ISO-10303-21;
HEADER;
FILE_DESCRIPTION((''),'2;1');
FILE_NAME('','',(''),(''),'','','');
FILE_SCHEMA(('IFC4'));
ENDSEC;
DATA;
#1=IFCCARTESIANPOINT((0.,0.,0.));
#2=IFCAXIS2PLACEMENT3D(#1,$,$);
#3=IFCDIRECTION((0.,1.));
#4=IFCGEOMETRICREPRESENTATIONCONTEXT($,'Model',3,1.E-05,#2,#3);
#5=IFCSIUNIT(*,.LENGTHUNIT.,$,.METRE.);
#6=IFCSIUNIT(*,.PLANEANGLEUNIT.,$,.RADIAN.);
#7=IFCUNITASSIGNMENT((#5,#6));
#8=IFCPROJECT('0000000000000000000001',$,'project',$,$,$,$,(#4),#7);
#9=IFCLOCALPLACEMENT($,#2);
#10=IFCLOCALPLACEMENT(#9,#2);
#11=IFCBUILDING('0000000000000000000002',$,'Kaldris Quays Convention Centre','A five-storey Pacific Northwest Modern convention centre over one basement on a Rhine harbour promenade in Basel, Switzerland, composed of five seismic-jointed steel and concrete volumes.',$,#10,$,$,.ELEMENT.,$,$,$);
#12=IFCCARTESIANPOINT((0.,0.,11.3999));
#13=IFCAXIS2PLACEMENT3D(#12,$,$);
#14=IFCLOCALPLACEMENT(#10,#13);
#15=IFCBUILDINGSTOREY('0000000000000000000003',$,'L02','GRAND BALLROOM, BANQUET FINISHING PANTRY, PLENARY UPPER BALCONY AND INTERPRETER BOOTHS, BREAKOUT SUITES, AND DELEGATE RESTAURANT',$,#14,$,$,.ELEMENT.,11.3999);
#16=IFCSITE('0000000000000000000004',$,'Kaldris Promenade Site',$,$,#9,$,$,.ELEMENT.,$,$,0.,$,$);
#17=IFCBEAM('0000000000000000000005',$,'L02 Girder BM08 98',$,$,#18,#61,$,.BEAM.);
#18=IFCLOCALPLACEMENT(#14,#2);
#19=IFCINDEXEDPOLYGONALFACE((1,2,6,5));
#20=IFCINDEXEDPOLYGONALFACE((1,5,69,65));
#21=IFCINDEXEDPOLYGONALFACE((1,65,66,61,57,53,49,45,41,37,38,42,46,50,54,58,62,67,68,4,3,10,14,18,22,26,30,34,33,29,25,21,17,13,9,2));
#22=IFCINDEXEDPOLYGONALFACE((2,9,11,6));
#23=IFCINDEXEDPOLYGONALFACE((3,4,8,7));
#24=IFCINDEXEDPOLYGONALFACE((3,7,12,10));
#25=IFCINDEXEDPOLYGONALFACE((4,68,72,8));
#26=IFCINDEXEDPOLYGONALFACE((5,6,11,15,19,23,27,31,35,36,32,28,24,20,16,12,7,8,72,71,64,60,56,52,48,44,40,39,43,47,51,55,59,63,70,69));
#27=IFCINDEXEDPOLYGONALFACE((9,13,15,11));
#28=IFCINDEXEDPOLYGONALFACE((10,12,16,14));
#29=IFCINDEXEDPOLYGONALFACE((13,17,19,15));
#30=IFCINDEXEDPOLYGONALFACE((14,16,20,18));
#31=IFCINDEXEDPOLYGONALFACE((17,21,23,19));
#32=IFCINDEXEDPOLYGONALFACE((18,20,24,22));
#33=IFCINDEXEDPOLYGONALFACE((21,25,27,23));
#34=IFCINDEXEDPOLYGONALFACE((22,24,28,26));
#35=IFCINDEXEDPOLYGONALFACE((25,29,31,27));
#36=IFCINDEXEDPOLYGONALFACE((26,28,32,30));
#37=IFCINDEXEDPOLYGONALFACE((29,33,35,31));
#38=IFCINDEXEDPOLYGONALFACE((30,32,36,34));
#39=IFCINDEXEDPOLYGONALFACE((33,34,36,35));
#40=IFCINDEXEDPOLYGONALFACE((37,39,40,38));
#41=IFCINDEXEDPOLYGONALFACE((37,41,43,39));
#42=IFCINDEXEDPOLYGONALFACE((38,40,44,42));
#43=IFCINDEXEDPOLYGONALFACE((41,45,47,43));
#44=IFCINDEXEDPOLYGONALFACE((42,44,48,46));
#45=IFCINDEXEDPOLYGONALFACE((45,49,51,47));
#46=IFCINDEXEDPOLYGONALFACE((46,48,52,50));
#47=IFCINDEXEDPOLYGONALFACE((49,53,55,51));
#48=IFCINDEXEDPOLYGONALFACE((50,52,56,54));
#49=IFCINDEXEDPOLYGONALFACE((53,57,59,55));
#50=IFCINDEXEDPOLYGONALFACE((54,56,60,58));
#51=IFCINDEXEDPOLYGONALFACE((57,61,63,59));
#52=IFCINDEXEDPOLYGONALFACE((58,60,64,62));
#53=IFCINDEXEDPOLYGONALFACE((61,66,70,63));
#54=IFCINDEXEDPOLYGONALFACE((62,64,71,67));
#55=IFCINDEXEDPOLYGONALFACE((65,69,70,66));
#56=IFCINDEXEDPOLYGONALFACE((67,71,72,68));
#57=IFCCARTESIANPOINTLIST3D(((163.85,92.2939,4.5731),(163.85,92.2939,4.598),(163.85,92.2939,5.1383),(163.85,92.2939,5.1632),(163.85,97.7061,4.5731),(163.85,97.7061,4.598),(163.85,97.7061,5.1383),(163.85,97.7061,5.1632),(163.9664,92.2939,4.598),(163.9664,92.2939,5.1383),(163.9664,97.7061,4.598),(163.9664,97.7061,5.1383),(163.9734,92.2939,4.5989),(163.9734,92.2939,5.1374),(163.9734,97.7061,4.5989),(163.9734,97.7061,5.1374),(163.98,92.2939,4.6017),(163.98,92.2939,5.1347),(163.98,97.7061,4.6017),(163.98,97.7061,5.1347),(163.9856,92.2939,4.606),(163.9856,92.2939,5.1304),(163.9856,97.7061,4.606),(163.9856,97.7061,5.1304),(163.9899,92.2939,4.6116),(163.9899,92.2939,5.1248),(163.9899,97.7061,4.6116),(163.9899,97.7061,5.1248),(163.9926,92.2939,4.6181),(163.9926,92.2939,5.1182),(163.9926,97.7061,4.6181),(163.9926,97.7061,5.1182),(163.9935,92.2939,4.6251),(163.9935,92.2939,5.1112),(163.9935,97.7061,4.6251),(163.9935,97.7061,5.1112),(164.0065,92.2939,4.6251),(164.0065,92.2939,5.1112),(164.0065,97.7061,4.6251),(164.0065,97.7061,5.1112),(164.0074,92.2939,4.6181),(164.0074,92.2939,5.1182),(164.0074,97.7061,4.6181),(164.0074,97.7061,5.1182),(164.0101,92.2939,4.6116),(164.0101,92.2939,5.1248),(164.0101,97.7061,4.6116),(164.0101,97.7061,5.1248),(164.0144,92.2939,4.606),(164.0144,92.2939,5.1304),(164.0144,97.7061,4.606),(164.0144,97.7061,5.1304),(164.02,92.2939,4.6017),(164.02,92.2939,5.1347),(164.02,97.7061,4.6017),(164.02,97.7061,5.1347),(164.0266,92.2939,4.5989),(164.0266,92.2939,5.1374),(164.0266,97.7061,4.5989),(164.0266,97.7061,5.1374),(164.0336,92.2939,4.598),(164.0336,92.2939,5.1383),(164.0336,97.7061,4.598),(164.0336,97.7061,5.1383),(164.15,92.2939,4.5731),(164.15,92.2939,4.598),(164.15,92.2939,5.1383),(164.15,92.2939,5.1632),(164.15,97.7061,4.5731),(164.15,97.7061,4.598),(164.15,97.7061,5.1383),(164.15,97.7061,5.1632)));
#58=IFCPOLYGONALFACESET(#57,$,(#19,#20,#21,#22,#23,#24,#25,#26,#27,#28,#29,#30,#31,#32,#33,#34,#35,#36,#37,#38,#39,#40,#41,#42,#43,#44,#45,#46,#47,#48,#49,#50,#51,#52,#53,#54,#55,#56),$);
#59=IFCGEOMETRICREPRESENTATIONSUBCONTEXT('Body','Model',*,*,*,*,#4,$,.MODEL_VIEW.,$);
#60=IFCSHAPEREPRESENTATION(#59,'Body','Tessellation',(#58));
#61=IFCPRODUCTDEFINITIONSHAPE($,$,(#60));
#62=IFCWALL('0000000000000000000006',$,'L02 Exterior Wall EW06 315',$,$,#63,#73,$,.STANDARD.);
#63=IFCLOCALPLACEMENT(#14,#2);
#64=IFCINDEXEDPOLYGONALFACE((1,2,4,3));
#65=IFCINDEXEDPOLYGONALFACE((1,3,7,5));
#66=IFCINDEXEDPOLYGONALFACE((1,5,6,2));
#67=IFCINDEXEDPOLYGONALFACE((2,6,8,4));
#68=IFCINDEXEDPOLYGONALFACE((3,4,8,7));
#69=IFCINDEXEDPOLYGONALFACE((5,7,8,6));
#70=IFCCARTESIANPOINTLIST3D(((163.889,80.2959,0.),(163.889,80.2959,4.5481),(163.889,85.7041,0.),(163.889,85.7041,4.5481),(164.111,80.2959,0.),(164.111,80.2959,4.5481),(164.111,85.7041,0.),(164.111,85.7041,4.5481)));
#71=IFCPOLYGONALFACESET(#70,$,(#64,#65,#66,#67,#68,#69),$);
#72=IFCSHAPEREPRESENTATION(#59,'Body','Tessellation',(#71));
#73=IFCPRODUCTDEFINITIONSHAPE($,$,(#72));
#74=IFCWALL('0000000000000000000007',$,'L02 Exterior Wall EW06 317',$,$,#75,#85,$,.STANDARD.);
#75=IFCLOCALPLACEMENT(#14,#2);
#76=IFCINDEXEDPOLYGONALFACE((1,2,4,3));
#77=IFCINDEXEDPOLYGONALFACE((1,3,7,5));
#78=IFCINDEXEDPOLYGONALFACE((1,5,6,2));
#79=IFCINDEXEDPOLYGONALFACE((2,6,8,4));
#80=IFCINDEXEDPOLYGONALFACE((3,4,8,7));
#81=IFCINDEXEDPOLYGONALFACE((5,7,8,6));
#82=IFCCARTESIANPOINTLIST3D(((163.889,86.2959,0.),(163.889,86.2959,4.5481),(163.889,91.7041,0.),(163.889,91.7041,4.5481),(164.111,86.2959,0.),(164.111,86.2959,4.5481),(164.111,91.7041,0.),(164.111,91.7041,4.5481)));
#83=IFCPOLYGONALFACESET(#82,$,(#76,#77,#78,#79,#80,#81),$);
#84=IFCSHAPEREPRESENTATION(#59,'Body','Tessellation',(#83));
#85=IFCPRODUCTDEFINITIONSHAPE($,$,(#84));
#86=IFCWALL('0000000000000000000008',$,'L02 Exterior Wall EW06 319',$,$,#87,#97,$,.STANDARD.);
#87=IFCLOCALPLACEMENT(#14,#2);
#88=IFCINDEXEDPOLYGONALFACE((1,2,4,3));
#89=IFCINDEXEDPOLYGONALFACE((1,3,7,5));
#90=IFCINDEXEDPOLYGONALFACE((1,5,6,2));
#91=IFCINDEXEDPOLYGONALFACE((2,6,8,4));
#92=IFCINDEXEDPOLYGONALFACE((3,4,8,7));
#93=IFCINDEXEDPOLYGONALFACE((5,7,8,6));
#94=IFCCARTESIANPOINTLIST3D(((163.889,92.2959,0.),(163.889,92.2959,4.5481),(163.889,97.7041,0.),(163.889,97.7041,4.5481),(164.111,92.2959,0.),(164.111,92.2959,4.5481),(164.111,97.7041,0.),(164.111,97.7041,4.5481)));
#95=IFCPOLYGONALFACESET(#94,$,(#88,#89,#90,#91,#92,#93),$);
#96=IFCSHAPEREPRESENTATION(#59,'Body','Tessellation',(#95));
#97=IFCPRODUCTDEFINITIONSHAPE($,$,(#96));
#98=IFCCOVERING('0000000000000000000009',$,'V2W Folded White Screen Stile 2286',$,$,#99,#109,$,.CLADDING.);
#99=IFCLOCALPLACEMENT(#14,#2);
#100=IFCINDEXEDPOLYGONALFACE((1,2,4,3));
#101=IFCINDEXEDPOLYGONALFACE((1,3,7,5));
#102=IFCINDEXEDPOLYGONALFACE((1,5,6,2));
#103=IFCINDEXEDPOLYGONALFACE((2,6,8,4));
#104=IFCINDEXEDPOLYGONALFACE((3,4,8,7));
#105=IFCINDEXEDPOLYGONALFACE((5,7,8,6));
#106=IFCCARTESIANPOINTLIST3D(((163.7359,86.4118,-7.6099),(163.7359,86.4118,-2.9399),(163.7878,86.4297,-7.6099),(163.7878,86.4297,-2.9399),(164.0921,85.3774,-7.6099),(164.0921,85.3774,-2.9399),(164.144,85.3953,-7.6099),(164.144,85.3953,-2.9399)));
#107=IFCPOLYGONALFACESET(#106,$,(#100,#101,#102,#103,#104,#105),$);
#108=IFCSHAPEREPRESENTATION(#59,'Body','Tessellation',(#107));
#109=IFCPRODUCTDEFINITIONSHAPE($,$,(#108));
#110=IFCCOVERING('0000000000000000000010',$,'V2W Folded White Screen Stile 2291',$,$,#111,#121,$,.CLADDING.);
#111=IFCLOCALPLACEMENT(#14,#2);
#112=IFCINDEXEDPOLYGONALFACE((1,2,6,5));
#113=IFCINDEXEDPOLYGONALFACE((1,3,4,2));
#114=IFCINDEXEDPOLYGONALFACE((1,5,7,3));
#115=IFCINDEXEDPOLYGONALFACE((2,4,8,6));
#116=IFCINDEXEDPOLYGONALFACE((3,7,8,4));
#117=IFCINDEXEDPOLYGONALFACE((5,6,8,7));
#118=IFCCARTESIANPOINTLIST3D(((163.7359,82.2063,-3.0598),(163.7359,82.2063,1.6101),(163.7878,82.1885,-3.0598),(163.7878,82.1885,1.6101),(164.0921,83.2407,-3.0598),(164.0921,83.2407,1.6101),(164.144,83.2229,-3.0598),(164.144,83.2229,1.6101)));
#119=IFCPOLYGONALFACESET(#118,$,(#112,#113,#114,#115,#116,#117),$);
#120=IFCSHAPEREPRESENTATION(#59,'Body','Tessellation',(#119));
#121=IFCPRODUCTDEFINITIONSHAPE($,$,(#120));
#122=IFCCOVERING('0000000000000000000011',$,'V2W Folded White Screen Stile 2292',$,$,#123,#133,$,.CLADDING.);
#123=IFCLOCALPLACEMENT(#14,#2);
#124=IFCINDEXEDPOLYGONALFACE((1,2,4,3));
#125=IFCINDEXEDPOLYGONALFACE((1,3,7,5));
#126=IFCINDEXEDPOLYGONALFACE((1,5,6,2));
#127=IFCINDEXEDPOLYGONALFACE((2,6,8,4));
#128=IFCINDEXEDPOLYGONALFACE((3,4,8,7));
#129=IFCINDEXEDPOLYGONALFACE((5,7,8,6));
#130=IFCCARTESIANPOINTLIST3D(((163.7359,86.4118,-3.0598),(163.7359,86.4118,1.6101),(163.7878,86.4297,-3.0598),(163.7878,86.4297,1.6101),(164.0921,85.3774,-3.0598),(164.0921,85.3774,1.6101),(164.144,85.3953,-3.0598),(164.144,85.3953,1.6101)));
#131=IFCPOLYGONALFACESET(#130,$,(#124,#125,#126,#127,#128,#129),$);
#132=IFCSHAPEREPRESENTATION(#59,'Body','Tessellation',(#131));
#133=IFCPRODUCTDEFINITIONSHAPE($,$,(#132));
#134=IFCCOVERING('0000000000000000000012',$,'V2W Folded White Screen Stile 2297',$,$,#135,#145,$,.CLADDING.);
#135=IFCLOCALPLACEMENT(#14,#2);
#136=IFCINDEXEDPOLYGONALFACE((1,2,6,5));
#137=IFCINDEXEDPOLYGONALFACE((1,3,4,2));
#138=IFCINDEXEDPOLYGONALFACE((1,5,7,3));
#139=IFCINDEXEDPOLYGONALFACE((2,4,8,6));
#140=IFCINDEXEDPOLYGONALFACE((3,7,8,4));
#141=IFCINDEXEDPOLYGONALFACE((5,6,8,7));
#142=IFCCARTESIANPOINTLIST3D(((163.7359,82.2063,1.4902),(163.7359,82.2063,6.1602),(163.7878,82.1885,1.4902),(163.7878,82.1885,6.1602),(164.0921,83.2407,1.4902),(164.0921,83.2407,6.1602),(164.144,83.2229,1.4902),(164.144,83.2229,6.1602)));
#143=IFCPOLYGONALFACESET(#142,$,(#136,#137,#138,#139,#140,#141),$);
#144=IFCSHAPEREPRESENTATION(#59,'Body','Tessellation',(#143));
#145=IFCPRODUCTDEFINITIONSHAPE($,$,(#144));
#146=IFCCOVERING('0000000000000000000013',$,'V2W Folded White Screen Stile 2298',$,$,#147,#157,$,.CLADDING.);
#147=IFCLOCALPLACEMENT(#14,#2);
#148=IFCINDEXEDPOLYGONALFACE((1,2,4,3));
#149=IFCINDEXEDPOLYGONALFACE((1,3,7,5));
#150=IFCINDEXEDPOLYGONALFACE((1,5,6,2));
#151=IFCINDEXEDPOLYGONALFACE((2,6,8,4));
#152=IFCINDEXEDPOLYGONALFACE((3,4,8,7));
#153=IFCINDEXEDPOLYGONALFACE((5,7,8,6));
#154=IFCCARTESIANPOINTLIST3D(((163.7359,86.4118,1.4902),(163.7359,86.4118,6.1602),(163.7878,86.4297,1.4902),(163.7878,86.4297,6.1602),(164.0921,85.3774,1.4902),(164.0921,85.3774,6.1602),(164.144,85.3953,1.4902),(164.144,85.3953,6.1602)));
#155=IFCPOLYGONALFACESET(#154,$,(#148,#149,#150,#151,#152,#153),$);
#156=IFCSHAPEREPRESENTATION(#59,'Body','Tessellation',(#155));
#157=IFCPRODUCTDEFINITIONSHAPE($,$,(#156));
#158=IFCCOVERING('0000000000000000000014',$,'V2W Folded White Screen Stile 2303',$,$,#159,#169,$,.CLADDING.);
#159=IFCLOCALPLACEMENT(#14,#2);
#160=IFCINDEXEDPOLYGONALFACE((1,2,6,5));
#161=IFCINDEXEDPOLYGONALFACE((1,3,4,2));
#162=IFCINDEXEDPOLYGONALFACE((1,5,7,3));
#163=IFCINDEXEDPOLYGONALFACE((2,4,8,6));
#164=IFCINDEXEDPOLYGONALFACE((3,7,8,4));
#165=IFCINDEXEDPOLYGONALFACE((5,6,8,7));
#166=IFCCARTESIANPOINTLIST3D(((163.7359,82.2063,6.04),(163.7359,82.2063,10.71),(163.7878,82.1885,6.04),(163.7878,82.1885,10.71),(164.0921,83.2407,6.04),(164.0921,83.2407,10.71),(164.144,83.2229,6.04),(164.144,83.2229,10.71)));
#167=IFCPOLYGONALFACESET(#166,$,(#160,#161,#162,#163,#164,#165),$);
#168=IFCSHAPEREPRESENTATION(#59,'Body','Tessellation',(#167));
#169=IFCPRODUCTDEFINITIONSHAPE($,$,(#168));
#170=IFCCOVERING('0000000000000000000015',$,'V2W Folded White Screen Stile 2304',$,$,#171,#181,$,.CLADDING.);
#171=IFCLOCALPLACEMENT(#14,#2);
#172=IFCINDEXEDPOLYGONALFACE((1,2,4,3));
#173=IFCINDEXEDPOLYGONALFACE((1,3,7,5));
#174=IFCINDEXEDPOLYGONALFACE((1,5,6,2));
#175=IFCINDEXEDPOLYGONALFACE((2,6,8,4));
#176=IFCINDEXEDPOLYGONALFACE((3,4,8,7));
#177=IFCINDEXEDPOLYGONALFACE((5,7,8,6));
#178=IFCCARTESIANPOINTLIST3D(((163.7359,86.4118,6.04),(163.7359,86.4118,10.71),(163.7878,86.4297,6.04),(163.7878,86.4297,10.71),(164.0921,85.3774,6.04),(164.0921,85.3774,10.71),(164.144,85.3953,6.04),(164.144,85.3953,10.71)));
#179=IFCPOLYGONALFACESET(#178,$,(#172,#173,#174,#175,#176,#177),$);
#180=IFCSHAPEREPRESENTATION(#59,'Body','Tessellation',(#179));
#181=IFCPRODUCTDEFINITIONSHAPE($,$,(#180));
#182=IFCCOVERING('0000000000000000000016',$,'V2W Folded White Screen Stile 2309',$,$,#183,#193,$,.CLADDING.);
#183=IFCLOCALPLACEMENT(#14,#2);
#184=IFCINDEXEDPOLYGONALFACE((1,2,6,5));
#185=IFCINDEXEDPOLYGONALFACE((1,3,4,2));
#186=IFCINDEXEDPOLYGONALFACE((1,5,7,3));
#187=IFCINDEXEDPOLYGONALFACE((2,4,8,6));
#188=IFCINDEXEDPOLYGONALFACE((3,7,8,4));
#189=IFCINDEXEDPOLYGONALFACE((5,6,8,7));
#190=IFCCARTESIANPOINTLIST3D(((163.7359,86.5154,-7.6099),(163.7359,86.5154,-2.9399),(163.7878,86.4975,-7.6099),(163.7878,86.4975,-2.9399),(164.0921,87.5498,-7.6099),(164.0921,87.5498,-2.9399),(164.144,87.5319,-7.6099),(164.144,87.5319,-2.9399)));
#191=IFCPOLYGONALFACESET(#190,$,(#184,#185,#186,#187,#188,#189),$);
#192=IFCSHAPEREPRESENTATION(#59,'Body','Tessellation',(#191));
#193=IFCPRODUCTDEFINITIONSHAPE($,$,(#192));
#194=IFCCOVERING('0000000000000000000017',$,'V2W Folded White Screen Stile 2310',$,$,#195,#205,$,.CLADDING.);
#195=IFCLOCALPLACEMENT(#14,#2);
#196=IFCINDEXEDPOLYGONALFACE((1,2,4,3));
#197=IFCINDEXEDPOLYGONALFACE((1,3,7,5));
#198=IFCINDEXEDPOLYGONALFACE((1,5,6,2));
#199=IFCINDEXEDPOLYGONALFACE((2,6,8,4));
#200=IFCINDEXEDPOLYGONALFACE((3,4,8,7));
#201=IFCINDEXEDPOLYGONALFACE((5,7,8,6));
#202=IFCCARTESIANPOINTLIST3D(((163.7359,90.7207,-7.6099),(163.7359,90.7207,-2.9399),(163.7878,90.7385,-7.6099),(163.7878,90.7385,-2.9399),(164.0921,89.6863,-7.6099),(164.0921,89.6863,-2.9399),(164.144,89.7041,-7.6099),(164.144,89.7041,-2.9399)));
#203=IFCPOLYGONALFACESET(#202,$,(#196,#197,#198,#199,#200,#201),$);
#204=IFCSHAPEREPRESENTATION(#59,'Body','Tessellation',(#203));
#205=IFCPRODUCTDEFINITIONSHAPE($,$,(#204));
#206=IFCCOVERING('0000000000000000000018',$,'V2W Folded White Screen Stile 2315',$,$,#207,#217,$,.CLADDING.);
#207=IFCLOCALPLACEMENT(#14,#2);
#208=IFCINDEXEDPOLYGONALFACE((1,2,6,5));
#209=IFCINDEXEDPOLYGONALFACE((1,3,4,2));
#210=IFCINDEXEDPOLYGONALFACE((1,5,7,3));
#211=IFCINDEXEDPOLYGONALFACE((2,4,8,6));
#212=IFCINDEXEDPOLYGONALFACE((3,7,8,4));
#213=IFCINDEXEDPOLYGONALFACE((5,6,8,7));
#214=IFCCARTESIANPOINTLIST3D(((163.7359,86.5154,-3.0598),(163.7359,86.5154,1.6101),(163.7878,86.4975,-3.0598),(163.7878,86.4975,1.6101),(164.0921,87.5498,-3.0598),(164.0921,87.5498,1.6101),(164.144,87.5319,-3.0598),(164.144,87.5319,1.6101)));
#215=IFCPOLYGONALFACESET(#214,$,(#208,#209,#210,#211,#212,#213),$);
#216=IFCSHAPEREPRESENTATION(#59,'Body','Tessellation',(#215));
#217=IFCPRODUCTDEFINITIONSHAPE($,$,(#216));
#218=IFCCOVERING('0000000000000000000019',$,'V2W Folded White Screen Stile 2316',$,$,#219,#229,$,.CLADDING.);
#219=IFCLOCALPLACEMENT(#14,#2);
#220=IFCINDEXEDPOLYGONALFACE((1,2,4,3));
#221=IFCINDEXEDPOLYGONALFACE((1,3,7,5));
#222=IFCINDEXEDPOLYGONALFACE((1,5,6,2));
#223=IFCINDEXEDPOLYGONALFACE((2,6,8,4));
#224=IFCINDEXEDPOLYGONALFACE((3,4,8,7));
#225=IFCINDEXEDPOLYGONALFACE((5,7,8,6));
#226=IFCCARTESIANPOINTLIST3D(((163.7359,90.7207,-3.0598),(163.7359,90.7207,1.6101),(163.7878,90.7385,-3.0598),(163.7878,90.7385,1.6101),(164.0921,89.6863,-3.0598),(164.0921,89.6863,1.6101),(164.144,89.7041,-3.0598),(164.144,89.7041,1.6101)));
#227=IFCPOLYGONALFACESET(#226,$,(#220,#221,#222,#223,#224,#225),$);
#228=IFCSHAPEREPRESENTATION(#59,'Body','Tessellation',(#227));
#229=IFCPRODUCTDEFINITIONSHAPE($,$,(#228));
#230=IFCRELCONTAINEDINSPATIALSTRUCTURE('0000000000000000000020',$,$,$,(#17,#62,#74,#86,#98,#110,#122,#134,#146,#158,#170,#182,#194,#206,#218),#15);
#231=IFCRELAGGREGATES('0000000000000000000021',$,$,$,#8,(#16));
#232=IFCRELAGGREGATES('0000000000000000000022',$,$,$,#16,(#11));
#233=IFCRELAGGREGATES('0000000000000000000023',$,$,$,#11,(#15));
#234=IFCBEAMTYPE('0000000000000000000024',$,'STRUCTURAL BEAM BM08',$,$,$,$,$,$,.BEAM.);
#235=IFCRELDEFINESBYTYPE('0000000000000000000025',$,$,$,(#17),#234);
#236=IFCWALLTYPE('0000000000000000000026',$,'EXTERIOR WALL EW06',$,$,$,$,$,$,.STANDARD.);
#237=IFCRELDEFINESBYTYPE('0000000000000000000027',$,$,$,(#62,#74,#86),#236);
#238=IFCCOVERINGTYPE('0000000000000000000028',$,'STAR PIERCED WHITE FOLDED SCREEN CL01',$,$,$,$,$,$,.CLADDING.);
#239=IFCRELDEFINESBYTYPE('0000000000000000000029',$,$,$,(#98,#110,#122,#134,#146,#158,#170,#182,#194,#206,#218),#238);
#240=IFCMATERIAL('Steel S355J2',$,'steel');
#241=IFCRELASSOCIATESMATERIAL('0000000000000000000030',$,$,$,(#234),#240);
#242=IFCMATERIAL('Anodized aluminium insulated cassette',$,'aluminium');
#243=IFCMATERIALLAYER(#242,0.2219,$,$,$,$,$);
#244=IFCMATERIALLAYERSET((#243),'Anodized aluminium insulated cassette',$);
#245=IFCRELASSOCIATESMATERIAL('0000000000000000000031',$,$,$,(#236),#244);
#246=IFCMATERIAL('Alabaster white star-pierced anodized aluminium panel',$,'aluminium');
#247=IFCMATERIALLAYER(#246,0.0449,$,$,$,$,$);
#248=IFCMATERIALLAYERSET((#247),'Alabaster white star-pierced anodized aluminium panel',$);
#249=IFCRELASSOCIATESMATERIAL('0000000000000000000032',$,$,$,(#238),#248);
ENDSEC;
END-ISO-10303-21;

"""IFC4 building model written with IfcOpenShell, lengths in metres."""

from ifc_helpers import new_model, si_unit, direction, frame, frame_2d, origin, origin_2d, place, context, subcontext, project, spatial, rectangle, i_section, extrude, material, layer, layer_set, material_profile, profile_set, type_object, element, save


model = new_model("IFC4")

# Units and contexts
model_context = context("Model", 3, precision=1e-05, world=origin(), true_north=direction((0.0, 1.0)))
body_context = subcontext(model_context, "Body", "Model", "MODEL_VIEW")
ifc_project = project(units=[si_unit("LENGTHUNIT", "METRE"), si_unit("PLANEANGLEUNIT", "RADIAN")], contexts=[model_context])

# Site, building, storey
site_placement = place(None, origin())
site = spatial("IfcSite", under=ifc_project, at=site_placement, Name="Kaldris Promenade Site", CompositionType="ELEMENT", RefElevation=0.0)
building_placement = place(site_placement, origin())
building = spatial("IfcBuilding", under=site, at=building_placement, Name="Kaldris Quays Convention Centre", Description="A five-storey Pacific Northwest Modern convention centre over one basement on a Rhine harbour promenade in Basel, Switzerland, composed of five seismic-jointed steel and concrete volumes.", CompositionType="ELEMENT")
storey_placement = place(building_placement, frame((0.0, 0.0, 11.3999)))
storey = spatial("IfcBuildingStorey", under=building, at=storey_placement, Name="L02", Description="GRAND BALLROOM, BANQUET FINISHING PANTRY, PLENARY UPPER BALCONY AND INTERPRETER BOOTHS, BREAKOUT SUITES, AND DELEGATE RESTAURANT", CompositionType="ELEMENT", Elevation=11.3999)

# Shared definitions
ifc_material_1 = material(Name="Steel S355J2", Category="steel")

# Beam
ifc_material_profile_1 = material_profile(ifc_material_1, i_section(OverallWidth=0.3, OverallDepth=0.5901, WebThickness=0.0129, FlangeThickness=0.0249, FilletRadius=0.0271, at=origin_2d()), Name="HEA 600")
ifc_profile_set_1 = profile_set([ifc_material_profile_1], Name="Steel S355J2")
beam_type = type_object("IfcBeamType", Name="STRUCTURAL BEAM BM08", PredefinedType="BEAM", material=ifc_profile_set_1)
for number, where, z_axis, x_axis, name in (
    (1, (164.0, 92.2939, 4.8682), (0.0, 1.0, 0.0), (-1.0, 0.0, 0.0), "L02 Girder BM08 98"),
):
    element("IfcBeam", number, at=place(storey_placement, frame(where, z_axis=z_axis, x_axis=x_axis)), inside=storey, type_object=beam_type, Name=name, PredefinedType="BEAM", context=body_context, shape_type="SweptSolid", body=[
        extrude(i_section(OverallWidth=0.3, OverallDepth=0.5901, WebThickness=0.0129, FlangeThickness=0.0249, FilletRadius=0.0271, at=origin_2d()), origin(), (0.0, 0.0, 1.0), 5.4121),
    ])

# Walls
ifc_material_2 = material(Name="Anodized aluminium insulated cassette", Category="aluminium")
ifc_layer_1 = layer(ifc_material_2, 0.2219)
ifc_layer_set_1 = layer_set([ifc_layer_1], Name="Anodized aluminium insulated cassette")
wall_type = type_object("IfcWallType", Name="EXTERIOR WALL EW06", PredefinedType="STANDARD", material=ifc_layer_set_1)
for number, where, z_axis, x_axis, name in (
    (2, (164.0, 80.2959, 0.0), (0.0, 0.0, 1.0), (0.0, 1.0, 0.0), "L02 Exterior Wall EW06 315"),
    (3, (164.0, 86.2959, 0.0), (0.0, 0.0, 1.0), (0.0, 1.0, 0.0), "L02 Exterior Wall EW06 317"),
    (4, (164.0, 92.2959, 0.0), (0.0, 0.0, 1.0), (0.0, 1.0, 0.0), "L02 Exterior Wall EW06 319"),
):
    element("IfcWall", number, at=place(storey_placement, frame(where, z_axis=z_axis, x_axis=x_axis)), inside=storey, type_object=wall_type, Name=name, PredefinedType="STANDARD", context=body_context, shape_type="SweptSolid", body=[
        extrude(rectangle(XDim=5.4082, YDim=0.2219, at=frame_2d((2.7041, 0.0))), origin(), (0.0, 0.0, 1.0), 4.5481),
    ])

# Coverings
ifc_material_3 = material(Name="Alabaster white star-pierced anodized aluminium panel", Category="aluminium")
ifc_layer_2 = layer(ifc_material_3, 0.0449)
ifc_layer_set_2 = layer_set([ifc_layer_2], Name="Alabaster white star-pierced anodized aluminium panel")
covering_type = type_object("IfcCoveringType", Name="STAR PIERCED WHITE FOLDED SCREEN CL01", PredefinedType="CLADDING", material=ifc_layer_set_2)
for number, where, z_axis, x_axis, name in (
    (5, (163.9399, 85.9036, -7.6099), (0.0, 0.0, 1.0), (-0.325568, 0.945519, 0.0), "V2W Folded White Screen Stile 2286"),
    (6, (163.9399, 82.7146, -3.0598), (0.0, 0.0, 1.0), (0.325568, 0.945519, 0.0), "V2W Folded White Screen Stile 2291"),
    (7, (163.9399, 85.9036, -3.0598), (0.0, 0.0, 1.0), (-0.325568, 0.945519, 0.0), "V2W Folded White Screen Stile 2292"),
    (8, (163.9399, 82.7146, 1.4902), (0.0, 0.0, 1.0), (0.325568, 0.945519, 0.0), "V2W Folded White Screen Stile 2297"),
    (9, (163.9399, 85.9036, 1.4902), (0.0, 0.0, 1.0), (-0.325568, 0.945519, 0.0), "V2W Folded White Screen Stile 2298"),
    (10, (163.9399, 82.7146, 6.04), (0.0, 0.0, 1.0), (0.325568, 0.945519, 0.0), "V2W Folded White Screen Stile 2303"),
    (11, (163.9399, 85.9036, 6.04), (0.0, 0.0, 1.0), (-0.325568, 0.945519, 0.0), "V2W Folded White Screen Stile 2304"),
    (12, (163.9399, 87.0237, -7.6099), (0.0, 0.0, 1.0), (0.325568, 0.945519, 0.0), "V2W Folded White Screen Stile 2309"),
    (13, (163.9399, 90.2124, -7.6099), (0.0, 0.0, 1.0), (-0.325568, 0.945519, 0.0), "V2W Folded White Screen Stile 2310"),
    (14, (163.9399, 87.0237, -3.0598), (0.0, 0.0, 1.0), (0.325568, 0.945519, 0.0), "V2W Folded White Screen Stile 2315"),
    (15, (163.9399, 90.2124, -3.0598), (0.0, 0.0, 1.0), (-0.325568, 0.945519, 0.0), "V2W Folded White Screen Stile 2316"),
):
    element("IfcCovering", number, at=place(storey_placement, frame(where, z_axis=z_axis, x_axis=x_axis)), inside=storey, type_object=covering_type, Name=name, PredefinedType="CLADDING", context=body_context, shape_type="SweptSolid", body=[
        extrude(rectangle(XDim=1.094, YDim=0.0549, at=origin_2d()), origin(), (0.0, 0.0, 1.0), 4.6699),
    ])

save(model, "model.ifc")
